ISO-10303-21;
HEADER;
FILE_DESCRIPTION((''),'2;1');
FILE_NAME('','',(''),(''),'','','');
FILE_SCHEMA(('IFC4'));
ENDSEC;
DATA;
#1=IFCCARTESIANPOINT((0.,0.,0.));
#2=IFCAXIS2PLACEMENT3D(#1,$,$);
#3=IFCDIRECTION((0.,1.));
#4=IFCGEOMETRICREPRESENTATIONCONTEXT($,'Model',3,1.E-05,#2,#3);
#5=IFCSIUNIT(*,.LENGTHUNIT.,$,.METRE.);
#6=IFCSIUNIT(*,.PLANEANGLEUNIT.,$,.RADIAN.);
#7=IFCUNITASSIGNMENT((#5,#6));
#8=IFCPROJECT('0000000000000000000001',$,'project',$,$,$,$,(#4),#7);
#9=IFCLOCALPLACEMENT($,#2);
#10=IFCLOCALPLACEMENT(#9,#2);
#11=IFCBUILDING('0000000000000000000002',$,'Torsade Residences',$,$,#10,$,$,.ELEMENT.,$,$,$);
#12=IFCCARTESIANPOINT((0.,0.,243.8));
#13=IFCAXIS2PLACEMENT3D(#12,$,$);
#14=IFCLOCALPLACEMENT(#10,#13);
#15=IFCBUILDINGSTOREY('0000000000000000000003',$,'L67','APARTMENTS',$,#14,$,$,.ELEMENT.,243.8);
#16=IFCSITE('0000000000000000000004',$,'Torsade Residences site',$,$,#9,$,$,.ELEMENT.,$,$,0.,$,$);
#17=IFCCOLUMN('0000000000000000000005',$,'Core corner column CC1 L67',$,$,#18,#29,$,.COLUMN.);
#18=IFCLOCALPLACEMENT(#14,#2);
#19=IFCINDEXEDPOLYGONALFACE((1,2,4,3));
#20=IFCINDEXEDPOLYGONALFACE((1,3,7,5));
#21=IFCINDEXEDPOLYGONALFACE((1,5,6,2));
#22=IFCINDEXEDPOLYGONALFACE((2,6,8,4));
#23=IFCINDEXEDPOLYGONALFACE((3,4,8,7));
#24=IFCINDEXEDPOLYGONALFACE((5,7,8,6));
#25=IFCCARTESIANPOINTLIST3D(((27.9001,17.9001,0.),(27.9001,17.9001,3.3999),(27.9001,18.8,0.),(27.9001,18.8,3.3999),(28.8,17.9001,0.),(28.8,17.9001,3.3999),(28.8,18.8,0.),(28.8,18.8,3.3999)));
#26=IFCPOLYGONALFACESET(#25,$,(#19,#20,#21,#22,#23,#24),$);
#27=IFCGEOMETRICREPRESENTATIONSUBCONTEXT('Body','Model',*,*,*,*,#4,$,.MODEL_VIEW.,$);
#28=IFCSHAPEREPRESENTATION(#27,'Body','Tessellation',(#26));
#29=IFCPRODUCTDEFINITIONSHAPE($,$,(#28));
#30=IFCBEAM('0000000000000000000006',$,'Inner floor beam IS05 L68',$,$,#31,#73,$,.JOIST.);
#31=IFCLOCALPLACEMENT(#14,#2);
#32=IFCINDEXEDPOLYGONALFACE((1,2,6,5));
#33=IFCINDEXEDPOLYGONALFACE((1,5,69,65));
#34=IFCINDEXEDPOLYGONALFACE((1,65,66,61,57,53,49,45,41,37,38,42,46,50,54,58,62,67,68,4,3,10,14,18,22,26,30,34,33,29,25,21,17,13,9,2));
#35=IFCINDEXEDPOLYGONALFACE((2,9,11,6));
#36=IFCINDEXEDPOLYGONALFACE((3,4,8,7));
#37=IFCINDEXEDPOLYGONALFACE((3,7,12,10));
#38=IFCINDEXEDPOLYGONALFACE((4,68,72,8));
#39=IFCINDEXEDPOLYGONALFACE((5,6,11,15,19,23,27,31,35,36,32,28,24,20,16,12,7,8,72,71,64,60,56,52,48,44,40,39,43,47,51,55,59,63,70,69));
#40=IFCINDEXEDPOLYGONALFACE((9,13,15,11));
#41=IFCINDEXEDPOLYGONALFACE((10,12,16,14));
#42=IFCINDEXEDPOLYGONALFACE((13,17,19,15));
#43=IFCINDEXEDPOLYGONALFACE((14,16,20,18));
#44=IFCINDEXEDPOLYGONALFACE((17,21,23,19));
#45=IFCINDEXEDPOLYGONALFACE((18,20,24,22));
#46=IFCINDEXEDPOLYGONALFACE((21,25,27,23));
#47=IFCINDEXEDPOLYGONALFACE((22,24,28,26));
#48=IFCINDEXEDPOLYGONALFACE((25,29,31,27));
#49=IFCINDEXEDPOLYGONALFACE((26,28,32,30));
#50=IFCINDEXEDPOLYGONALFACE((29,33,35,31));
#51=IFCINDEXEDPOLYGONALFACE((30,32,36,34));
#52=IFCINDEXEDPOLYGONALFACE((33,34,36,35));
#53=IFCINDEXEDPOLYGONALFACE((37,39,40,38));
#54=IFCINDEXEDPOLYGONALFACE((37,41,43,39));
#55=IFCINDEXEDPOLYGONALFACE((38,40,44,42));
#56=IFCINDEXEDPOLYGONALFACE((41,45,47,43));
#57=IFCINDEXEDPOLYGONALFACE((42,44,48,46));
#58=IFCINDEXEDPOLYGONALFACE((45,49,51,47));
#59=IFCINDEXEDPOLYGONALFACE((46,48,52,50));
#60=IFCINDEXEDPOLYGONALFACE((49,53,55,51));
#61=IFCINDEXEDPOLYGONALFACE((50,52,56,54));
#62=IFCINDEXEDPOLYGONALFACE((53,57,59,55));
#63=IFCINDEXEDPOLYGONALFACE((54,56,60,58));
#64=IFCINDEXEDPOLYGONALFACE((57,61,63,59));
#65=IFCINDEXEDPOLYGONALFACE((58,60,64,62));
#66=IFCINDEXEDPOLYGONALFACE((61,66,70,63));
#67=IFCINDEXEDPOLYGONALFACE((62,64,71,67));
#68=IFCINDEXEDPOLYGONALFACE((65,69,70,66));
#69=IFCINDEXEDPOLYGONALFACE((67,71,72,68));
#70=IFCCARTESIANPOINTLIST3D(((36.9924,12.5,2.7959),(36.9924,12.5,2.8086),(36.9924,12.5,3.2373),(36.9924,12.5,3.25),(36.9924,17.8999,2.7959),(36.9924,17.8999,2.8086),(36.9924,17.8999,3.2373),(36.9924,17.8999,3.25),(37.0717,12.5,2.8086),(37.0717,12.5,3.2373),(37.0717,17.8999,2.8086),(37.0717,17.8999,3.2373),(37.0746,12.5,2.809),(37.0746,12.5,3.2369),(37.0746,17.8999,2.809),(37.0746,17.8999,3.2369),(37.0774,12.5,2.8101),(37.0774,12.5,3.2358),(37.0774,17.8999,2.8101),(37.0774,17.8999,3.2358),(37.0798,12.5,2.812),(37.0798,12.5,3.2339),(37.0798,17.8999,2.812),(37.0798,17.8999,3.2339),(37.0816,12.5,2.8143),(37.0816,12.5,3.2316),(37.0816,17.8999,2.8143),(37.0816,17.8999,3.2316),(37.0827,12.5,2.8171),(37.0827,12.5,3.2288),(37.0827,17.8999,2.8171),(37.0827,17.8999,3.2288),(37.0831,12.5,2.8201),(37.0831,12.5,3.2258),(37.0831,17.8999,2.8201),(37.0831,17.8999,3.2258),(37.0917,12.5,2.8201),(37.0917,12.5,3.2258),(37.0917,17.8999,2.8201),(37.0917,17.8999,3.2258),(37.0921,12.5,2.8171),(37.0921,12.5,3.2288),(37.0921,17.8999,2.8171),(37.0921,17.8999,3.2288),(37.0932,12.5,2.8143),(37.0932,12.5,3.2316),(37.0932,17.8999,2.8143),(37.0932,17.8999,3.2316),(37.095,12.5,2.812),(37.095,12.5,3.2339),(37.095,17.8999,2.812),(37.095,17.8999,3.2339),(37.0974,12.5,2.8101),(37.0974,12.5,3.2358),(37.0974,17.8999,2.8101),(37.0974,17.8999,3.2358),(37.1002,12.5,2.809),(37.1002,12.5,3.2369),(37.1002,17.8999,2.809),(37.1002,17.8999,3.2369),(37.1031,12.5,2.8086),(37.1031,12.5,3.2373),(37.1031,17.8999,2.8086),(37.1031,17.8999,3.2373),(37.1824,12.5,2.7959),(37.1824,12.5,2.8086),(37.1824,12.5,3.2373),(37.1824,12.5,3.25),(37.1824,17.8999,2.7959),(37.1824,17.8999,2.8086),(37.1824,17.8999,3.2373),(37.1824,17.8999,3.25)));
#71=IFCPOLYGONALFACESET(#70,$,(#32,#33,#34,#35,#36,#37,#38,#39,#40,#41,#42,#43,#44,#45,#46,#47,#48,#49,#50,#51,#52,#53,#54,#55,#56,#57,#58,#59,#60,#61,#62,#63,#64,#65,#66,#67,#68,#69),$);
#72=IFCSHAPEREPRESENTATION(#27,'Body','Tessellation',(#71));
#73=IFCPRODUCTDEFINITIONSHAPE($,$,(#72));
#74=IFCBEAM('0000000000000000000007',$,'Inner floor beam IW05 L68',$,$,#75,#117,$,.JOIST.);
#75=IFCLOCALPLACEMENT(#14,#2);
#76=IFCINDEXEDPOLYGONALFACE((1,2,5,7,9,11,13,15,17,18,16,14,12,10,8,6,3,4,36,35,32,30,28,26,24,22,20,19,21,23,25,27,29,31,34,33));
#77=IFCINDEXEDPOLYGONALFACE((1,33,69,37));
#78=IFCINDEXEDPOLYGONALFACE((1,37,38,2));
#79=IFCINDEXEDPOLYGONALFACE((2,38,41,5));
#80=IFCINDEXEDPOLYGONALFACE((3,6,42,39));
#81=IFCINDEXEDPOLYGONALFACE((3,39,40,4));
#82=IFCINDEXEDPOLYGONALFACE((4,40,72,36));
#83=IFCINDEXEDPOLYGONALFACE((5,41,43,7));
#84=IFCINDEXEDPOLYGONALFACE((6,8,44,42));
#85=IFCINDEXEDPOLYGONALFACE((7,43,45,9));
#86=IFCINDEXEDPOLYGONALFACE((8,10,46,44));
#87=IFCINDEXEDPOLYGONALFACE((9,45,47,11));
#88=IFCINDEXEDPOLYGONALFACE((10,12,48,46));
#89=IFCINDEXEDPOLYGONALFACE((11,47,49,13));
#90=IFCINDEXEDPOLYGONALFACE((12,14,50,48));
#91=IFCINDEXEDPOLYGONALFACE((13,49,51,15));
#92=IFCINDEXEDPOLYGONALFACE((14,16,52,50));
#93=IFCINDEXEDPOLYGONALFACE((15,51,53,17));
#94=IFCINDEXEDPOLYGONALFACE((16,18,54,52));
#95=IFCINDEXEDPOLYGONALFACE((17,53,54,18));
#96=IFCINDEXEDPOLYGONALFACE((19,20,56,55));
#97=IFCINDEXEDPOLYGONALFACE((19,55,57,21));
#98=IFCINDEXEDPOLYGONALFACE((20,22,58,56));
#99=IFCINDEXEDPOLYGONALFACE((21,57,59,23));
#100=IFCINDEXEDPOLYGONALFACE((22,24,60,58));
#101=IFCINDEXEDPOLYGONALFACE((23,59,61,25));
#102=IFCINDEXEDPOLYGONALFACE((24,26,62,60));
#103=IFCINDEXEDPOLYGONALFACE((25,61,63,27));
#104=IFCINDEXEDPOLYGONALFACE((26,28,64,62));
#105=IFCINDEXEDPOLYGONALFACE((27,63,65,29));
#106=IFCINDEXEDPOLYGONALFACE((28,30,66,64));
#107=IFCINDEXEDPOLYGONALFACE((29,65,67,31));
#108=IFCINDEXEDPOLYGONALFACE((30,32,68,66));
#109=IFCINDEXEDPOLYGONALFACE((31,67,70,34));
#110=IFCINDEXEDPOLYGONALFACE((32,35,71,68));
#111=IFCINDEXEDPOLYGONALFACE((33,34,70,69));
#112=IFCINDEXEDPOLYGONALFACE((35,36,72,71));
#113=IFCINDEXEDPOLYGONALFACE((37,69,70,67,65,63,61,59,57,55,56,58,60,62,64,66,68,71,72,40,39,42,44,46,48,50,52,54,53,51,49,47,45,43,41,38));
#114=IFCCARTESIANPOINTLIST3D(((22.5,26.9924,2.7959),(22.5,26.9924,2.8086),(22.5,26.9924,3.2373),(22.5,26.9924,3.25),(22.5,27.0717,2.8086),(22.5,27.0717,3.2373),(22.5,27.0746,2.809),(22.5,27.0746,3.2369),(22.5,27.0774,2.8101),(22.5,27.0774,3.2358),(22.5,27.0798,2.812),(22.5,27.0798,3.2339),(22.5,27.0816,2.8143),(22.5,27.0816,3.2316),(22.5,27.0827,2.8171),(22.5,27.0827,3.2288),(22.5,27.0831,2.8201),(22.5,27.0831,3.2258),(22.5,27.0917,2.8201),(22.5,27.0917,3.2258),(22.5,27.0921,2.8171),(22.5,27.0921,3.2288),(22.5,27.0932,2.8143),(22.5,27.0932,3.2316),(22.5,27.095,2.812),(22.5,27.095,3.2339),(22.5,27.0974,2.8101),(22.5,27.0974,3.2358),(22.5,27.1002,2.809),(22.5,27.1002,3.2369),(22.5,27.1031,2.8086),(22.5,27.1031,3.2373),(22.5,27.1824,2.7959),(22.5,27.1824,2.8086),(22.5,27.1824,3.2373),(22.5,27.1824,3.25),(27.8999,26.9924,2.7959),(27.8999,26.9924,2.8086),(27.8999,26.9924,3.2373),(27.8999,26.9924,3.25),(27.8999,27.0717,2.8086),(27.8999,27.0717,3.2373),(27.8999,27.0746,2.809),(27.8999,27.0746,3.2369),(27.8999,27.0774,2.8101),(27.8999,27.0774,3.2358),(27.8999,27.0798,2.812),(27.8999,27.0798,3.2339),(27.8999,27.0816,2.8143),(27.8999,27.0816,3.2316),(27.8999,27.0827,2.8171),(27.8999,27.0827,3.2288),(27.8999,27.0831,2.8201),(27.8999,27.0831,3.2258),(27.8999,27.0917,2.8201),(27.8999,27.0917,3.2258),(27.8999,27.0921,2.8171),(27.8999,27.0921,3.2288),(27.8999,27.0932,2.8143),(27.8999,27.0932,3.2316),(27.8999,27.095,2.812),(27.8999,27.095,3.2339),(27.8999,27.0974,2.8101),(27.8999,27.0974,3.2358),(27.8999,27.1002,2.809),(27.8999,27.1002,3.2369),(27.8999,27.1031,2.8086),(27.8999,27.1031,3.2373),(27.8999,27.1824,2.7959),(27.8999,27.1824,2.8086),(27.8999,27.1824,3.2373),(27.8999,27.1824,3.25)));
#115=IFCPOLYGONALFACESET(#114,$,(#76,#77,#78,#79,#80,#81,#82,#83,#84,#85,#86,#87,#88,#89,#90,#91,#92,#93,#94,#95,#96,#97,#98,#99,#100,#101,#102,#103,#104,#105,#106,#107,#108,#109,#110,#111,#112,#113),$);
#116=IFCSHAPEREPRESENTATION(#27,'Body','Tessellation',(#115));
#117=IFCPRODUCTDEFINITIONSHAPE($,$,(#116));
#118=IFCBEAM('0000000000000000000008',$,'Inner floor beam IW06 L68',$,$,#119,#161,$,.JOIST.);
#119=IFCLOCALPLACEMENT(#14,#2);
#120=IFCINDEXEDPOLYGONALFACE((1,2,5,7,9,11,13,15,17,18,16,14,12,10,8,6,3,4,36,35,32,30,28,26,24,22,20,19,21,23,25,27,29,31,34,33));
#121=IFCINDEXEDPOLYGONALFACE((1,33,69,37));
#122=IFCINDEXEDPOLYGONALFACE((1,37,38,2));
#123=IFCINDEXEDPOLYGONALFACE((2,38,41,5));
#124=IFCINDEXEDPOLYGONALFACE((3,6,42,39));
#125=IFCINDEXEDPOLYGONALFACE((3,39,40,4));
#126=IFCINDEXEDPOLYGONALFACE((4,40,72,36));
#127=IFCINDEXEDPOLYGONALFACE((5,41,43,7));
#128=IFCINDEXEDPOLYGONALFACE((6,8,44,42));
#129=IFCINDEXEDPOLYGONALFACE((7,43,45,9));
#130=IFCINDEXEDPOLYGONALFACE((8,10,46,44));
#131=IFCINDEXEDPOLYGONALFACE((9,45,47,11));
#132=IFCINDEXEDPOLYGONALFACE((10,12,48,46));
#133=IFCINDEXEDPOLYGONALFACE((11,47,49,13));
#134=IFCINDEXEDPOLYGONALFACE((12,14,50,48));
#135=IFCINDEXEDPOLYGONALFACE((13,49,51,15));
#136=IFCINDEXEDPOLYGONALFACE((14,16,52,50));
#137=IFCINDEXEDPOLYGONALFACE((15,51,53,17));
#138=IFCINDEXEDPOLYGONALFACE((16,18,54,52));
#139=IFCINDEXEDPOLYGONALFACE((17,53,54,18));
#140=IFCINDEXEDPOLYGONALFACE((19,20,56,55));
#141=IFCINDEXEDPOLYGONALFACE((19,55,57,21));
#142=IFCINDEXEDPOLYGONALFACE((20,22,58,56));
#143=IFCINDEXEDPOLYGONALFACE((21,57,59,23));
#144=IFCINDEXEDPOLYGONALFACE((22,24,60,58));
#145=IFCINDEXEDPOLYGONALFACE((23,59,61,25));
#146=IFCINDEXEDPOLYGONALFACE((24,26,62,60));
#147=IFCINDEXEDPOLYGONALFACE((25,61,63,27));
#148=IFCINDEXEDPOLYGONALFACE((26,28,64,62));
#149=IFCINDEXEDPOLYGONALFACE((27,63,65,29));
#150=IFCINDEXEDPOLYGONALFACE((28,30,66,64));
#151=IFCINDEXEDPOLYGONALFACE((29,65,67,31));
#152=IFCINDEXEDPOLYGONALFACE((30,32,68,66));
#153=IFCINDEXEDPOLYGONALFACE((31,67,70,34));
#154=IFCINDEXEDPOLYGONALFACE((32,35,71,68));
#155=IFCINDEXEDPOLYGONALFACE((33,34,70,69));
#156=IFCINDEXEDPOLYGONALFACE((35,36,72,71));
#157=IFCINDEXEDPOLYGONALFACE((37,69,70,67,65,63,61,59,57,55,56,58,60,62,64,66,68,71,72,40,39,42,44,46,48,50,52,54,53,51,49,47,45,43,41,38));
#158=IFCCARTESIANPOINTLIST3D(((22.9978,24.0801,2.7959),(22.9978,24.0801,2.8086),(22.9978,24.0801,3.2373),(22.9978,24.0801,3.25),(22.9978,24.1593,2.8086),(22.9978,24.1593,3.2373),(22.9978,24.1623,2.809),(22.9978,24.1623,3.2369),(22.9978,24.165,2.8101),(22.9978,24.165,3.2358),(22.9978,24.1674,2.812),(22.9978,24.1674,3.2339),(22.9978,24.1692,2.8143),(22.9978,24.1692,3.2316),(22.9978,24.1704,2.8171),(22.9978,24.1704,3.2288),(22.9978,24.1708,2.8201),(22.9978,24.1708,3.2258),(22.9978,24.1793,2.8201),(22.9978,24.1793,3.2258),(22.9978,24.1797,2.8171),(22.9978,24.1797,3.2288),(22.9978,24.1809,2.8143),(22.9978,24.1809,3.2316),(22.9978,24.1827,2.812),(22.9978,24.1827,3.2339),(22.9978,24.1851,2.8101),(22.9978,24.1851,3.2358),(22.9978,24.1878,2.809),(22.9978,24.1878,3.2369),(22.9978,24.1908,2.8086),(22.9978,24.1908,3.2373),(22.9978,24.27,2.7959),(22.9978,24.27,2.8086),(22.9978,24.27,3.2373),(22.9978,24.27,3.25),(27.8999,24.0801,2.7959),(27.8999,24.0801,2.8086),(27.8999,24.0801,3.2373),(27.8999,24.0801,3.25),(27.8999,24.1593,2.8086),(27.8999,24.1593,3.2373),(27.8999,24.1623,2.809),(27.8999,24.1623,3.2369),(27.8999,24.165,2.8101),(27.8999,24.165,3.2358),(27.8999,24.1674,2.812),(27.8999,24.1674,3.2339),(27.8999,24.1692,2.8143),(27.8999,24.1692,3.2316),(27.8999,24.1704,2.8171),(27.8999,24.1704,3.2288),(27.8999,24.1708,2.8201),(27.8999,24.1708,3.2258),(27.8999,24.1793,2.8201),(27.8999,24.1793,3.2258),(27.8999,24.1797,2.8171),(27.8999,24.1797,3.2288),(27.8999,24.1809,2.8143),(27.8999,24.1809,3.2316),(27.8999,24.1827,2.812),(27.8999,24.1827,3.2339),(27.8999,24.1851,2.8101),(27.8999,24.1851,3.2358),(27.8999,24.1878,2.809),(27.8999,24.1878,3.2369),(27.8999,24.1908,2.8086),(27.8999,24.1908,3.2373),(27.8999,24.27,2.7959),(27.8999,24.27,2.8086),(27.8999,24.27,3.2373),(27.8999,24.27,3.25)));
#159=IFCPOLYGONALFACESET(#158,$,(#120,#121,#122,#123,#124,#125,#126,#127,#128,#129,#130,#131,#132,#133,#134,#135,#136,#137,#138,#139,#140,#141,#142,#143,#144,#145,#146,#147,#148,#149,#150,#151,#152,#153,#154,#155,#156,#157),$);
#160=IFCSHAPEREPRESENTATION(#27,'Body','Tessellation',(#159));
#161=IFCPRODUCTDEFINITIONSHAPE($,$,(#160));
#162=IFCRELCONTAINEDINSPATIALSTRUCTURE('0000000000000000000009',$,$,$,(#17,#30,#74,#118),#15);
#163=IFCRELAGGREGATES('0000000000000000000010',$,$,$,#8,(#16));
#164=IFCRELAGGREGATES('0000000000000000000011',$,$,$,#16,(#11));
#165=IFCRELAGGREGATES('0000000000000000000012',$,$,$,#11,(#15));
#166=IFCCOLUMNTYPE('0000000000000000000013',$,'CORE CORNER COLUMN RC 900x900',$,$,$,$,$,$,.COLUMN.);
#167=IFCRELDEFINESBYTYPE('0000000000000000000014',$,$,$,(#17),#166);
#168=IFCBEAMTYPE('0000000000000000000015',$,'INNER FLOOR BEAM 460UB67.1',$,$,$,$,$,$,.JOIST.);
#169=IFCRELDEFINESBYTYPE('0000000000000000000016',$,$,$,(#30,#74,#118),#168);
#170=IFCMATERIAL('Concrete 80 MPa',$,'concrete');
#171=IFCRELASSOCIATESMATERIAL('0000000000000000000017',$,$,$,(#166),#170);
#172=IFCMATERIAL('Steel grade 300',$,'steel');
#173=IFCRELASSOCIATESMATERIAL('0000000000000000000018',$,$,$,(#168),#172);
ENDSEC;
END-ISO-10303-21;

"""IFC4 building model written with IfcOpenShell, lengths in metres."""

from ifc_helpers import new_model, si_unit, direction, frame, origin, origin_2d, place, context, subcontext, project, spatial, rectangle, i_section, extrude, material, material_profile, profile_set, type_object, element, save


model = new_model("IFC4")

# Units and contexts
model_context = context("Model", 3, precision=1e-05, world=origin(), true_north=direction((0.0, 1.0)))
body_context = subcontext(model_context, "Body", "Model", "MODEL_VIEW")
ifc_project = project(units=[si_unit("LENGTHUNIT", "METRE"), si_unit("PLANEANGLEUNIT", "RADIAN")], contexts=[model_context])

# Site, building, storey
site_placement = place(None, origin())
site = spatial("IfcSite", under=ifc_project, at=site_placement, Name="Torsade Residences site", CompositionType="ELEMENT", RefElevation=0.0)
building_placement = place(site_placement, origin())
building = spatial("IfcBuilding", under=site, at=building_placement, Name="Torsade Residences", CompositionType="ELEMENT")
storey_placement = place(building_placement, frame((0.0, 0.0, 243.8)))
storey = spatial("IfcBuildingStorey", under=building, at=storey_placement, Name="L67", Description="APARTMENTS", CompositionType="ELEMENT", Elevation=243.8)

# Column
ifc_material_1 = material(Name="Concrete 80 MPa", Category="concrete")
ifc_material_profile_1 = material_profile(ifc_material_1, rectangle(XDim=0.8999, YDim=0.8999, at=origin_2d()), Name="RC 900x900")
ifc_profile_set_1 = profile_set([ifc_material_profile_1], Name="Concrete 80 MPa")
column_type = type_object("IfcColumnType", Name="CORE CORNER COLUMN RC 900x900", PredefinedType="COLUMN", material=ifc_profile_set_1)
column_placement = place(storey_placement, frame((28.3501, 18.3501, 0.0), z_axis=(0.0, 0.0, 1.0), x_axis=(1.0, 0.0, 0.0)))
element("IfcColumn", 1, at=column_placement, inside=storey, type_object=column_type, Name="Core corner column CC1 L67", PredefinedType="COLUMN", context=body_context, shape_type="SweptSolid", body=[
    extrude(rectangle(XDim=0.8999, YDim=0.8999, at=origin_2d()), origin(), (0.0, 0.0, 1.0), 3.3999),
])

# Beams
ifc_material_2 = material(Name="Steel grade 300", Category="steel")
ifc_material_profile_2 = material_profile(ifc_material_2, i_section(OverallWidth=0.1899, OverallDepth=0.4541, WebThickness=0.0085, FlangeThickness=0.0127, FilletRadius=0.0115, at=origin_2d()), Name="460UB67.1")
ifc_profile_set_2 = profile_set([ifc_material_profile_2], Name="Steel grade 300")
beam_type = type_object("IfcBeamType", Name="INNER FLOOR BEAM 460UB67.1", PredefinedType="JOIST", material=ifc_profile_set_2)
for number, where, z_axis, x_axis, name in (
    (2, (37.0874, 17.8999, 3.0229), (0.0, -1.0, 0.0), (1.0, 0.0, 0.0), "Inner floor beam IS05 L68"),
    (3, (27.8999, 27.0874, 3.0229), (-1.0, 0.0, 0.0), (0.0, -1.0, 0.0), "Inner floor beam IW05 L68"),
):
    element("IfcBeam", number, at=place(storey_placement, frame(where, z_axis=z_axis, x_axis=x_axis)), inside=storey, type_object=beam_type, Name=name, PredefinedType="JOIST", context=body_context, shape_type="SweptSolid", body=[
        extrude(i_section(OverallWidth=0.1899, OverallDepth=0.4541, WebThickness=0.0085, FlangeThickness=0.0127, FilletRadius=0.0115, at=origin_2d()), origin(), (0.0, 0.0, 1.0), 5.3999),
    ])
beam_1_placement = place(storey_placement, frame((27.8999, 24.175, 3.0229), z_axis=(-1.0, 0.0, 0.0), x_axis=(0.0, -1.0, 0.0)))
element("IfcBeam", 4, at=beam_1_placement, inside=storey, type_object=beam_type, Name="Inner floor beam IW06 L68", PredefinedType="JOIST", context=body_context, shape_type="SweptSolid", body=[
    extrude(i_section(OverallWidth=0.1899, OverallDepth=0.4541, WebThickness=0.0085, FlangeThickness=0.0127, FilletRadius=0.0115, at=origin_2d()), origin(), (0.0, 0.0, 1.0), 4.9021),
])

save(model, "model.ifc")
